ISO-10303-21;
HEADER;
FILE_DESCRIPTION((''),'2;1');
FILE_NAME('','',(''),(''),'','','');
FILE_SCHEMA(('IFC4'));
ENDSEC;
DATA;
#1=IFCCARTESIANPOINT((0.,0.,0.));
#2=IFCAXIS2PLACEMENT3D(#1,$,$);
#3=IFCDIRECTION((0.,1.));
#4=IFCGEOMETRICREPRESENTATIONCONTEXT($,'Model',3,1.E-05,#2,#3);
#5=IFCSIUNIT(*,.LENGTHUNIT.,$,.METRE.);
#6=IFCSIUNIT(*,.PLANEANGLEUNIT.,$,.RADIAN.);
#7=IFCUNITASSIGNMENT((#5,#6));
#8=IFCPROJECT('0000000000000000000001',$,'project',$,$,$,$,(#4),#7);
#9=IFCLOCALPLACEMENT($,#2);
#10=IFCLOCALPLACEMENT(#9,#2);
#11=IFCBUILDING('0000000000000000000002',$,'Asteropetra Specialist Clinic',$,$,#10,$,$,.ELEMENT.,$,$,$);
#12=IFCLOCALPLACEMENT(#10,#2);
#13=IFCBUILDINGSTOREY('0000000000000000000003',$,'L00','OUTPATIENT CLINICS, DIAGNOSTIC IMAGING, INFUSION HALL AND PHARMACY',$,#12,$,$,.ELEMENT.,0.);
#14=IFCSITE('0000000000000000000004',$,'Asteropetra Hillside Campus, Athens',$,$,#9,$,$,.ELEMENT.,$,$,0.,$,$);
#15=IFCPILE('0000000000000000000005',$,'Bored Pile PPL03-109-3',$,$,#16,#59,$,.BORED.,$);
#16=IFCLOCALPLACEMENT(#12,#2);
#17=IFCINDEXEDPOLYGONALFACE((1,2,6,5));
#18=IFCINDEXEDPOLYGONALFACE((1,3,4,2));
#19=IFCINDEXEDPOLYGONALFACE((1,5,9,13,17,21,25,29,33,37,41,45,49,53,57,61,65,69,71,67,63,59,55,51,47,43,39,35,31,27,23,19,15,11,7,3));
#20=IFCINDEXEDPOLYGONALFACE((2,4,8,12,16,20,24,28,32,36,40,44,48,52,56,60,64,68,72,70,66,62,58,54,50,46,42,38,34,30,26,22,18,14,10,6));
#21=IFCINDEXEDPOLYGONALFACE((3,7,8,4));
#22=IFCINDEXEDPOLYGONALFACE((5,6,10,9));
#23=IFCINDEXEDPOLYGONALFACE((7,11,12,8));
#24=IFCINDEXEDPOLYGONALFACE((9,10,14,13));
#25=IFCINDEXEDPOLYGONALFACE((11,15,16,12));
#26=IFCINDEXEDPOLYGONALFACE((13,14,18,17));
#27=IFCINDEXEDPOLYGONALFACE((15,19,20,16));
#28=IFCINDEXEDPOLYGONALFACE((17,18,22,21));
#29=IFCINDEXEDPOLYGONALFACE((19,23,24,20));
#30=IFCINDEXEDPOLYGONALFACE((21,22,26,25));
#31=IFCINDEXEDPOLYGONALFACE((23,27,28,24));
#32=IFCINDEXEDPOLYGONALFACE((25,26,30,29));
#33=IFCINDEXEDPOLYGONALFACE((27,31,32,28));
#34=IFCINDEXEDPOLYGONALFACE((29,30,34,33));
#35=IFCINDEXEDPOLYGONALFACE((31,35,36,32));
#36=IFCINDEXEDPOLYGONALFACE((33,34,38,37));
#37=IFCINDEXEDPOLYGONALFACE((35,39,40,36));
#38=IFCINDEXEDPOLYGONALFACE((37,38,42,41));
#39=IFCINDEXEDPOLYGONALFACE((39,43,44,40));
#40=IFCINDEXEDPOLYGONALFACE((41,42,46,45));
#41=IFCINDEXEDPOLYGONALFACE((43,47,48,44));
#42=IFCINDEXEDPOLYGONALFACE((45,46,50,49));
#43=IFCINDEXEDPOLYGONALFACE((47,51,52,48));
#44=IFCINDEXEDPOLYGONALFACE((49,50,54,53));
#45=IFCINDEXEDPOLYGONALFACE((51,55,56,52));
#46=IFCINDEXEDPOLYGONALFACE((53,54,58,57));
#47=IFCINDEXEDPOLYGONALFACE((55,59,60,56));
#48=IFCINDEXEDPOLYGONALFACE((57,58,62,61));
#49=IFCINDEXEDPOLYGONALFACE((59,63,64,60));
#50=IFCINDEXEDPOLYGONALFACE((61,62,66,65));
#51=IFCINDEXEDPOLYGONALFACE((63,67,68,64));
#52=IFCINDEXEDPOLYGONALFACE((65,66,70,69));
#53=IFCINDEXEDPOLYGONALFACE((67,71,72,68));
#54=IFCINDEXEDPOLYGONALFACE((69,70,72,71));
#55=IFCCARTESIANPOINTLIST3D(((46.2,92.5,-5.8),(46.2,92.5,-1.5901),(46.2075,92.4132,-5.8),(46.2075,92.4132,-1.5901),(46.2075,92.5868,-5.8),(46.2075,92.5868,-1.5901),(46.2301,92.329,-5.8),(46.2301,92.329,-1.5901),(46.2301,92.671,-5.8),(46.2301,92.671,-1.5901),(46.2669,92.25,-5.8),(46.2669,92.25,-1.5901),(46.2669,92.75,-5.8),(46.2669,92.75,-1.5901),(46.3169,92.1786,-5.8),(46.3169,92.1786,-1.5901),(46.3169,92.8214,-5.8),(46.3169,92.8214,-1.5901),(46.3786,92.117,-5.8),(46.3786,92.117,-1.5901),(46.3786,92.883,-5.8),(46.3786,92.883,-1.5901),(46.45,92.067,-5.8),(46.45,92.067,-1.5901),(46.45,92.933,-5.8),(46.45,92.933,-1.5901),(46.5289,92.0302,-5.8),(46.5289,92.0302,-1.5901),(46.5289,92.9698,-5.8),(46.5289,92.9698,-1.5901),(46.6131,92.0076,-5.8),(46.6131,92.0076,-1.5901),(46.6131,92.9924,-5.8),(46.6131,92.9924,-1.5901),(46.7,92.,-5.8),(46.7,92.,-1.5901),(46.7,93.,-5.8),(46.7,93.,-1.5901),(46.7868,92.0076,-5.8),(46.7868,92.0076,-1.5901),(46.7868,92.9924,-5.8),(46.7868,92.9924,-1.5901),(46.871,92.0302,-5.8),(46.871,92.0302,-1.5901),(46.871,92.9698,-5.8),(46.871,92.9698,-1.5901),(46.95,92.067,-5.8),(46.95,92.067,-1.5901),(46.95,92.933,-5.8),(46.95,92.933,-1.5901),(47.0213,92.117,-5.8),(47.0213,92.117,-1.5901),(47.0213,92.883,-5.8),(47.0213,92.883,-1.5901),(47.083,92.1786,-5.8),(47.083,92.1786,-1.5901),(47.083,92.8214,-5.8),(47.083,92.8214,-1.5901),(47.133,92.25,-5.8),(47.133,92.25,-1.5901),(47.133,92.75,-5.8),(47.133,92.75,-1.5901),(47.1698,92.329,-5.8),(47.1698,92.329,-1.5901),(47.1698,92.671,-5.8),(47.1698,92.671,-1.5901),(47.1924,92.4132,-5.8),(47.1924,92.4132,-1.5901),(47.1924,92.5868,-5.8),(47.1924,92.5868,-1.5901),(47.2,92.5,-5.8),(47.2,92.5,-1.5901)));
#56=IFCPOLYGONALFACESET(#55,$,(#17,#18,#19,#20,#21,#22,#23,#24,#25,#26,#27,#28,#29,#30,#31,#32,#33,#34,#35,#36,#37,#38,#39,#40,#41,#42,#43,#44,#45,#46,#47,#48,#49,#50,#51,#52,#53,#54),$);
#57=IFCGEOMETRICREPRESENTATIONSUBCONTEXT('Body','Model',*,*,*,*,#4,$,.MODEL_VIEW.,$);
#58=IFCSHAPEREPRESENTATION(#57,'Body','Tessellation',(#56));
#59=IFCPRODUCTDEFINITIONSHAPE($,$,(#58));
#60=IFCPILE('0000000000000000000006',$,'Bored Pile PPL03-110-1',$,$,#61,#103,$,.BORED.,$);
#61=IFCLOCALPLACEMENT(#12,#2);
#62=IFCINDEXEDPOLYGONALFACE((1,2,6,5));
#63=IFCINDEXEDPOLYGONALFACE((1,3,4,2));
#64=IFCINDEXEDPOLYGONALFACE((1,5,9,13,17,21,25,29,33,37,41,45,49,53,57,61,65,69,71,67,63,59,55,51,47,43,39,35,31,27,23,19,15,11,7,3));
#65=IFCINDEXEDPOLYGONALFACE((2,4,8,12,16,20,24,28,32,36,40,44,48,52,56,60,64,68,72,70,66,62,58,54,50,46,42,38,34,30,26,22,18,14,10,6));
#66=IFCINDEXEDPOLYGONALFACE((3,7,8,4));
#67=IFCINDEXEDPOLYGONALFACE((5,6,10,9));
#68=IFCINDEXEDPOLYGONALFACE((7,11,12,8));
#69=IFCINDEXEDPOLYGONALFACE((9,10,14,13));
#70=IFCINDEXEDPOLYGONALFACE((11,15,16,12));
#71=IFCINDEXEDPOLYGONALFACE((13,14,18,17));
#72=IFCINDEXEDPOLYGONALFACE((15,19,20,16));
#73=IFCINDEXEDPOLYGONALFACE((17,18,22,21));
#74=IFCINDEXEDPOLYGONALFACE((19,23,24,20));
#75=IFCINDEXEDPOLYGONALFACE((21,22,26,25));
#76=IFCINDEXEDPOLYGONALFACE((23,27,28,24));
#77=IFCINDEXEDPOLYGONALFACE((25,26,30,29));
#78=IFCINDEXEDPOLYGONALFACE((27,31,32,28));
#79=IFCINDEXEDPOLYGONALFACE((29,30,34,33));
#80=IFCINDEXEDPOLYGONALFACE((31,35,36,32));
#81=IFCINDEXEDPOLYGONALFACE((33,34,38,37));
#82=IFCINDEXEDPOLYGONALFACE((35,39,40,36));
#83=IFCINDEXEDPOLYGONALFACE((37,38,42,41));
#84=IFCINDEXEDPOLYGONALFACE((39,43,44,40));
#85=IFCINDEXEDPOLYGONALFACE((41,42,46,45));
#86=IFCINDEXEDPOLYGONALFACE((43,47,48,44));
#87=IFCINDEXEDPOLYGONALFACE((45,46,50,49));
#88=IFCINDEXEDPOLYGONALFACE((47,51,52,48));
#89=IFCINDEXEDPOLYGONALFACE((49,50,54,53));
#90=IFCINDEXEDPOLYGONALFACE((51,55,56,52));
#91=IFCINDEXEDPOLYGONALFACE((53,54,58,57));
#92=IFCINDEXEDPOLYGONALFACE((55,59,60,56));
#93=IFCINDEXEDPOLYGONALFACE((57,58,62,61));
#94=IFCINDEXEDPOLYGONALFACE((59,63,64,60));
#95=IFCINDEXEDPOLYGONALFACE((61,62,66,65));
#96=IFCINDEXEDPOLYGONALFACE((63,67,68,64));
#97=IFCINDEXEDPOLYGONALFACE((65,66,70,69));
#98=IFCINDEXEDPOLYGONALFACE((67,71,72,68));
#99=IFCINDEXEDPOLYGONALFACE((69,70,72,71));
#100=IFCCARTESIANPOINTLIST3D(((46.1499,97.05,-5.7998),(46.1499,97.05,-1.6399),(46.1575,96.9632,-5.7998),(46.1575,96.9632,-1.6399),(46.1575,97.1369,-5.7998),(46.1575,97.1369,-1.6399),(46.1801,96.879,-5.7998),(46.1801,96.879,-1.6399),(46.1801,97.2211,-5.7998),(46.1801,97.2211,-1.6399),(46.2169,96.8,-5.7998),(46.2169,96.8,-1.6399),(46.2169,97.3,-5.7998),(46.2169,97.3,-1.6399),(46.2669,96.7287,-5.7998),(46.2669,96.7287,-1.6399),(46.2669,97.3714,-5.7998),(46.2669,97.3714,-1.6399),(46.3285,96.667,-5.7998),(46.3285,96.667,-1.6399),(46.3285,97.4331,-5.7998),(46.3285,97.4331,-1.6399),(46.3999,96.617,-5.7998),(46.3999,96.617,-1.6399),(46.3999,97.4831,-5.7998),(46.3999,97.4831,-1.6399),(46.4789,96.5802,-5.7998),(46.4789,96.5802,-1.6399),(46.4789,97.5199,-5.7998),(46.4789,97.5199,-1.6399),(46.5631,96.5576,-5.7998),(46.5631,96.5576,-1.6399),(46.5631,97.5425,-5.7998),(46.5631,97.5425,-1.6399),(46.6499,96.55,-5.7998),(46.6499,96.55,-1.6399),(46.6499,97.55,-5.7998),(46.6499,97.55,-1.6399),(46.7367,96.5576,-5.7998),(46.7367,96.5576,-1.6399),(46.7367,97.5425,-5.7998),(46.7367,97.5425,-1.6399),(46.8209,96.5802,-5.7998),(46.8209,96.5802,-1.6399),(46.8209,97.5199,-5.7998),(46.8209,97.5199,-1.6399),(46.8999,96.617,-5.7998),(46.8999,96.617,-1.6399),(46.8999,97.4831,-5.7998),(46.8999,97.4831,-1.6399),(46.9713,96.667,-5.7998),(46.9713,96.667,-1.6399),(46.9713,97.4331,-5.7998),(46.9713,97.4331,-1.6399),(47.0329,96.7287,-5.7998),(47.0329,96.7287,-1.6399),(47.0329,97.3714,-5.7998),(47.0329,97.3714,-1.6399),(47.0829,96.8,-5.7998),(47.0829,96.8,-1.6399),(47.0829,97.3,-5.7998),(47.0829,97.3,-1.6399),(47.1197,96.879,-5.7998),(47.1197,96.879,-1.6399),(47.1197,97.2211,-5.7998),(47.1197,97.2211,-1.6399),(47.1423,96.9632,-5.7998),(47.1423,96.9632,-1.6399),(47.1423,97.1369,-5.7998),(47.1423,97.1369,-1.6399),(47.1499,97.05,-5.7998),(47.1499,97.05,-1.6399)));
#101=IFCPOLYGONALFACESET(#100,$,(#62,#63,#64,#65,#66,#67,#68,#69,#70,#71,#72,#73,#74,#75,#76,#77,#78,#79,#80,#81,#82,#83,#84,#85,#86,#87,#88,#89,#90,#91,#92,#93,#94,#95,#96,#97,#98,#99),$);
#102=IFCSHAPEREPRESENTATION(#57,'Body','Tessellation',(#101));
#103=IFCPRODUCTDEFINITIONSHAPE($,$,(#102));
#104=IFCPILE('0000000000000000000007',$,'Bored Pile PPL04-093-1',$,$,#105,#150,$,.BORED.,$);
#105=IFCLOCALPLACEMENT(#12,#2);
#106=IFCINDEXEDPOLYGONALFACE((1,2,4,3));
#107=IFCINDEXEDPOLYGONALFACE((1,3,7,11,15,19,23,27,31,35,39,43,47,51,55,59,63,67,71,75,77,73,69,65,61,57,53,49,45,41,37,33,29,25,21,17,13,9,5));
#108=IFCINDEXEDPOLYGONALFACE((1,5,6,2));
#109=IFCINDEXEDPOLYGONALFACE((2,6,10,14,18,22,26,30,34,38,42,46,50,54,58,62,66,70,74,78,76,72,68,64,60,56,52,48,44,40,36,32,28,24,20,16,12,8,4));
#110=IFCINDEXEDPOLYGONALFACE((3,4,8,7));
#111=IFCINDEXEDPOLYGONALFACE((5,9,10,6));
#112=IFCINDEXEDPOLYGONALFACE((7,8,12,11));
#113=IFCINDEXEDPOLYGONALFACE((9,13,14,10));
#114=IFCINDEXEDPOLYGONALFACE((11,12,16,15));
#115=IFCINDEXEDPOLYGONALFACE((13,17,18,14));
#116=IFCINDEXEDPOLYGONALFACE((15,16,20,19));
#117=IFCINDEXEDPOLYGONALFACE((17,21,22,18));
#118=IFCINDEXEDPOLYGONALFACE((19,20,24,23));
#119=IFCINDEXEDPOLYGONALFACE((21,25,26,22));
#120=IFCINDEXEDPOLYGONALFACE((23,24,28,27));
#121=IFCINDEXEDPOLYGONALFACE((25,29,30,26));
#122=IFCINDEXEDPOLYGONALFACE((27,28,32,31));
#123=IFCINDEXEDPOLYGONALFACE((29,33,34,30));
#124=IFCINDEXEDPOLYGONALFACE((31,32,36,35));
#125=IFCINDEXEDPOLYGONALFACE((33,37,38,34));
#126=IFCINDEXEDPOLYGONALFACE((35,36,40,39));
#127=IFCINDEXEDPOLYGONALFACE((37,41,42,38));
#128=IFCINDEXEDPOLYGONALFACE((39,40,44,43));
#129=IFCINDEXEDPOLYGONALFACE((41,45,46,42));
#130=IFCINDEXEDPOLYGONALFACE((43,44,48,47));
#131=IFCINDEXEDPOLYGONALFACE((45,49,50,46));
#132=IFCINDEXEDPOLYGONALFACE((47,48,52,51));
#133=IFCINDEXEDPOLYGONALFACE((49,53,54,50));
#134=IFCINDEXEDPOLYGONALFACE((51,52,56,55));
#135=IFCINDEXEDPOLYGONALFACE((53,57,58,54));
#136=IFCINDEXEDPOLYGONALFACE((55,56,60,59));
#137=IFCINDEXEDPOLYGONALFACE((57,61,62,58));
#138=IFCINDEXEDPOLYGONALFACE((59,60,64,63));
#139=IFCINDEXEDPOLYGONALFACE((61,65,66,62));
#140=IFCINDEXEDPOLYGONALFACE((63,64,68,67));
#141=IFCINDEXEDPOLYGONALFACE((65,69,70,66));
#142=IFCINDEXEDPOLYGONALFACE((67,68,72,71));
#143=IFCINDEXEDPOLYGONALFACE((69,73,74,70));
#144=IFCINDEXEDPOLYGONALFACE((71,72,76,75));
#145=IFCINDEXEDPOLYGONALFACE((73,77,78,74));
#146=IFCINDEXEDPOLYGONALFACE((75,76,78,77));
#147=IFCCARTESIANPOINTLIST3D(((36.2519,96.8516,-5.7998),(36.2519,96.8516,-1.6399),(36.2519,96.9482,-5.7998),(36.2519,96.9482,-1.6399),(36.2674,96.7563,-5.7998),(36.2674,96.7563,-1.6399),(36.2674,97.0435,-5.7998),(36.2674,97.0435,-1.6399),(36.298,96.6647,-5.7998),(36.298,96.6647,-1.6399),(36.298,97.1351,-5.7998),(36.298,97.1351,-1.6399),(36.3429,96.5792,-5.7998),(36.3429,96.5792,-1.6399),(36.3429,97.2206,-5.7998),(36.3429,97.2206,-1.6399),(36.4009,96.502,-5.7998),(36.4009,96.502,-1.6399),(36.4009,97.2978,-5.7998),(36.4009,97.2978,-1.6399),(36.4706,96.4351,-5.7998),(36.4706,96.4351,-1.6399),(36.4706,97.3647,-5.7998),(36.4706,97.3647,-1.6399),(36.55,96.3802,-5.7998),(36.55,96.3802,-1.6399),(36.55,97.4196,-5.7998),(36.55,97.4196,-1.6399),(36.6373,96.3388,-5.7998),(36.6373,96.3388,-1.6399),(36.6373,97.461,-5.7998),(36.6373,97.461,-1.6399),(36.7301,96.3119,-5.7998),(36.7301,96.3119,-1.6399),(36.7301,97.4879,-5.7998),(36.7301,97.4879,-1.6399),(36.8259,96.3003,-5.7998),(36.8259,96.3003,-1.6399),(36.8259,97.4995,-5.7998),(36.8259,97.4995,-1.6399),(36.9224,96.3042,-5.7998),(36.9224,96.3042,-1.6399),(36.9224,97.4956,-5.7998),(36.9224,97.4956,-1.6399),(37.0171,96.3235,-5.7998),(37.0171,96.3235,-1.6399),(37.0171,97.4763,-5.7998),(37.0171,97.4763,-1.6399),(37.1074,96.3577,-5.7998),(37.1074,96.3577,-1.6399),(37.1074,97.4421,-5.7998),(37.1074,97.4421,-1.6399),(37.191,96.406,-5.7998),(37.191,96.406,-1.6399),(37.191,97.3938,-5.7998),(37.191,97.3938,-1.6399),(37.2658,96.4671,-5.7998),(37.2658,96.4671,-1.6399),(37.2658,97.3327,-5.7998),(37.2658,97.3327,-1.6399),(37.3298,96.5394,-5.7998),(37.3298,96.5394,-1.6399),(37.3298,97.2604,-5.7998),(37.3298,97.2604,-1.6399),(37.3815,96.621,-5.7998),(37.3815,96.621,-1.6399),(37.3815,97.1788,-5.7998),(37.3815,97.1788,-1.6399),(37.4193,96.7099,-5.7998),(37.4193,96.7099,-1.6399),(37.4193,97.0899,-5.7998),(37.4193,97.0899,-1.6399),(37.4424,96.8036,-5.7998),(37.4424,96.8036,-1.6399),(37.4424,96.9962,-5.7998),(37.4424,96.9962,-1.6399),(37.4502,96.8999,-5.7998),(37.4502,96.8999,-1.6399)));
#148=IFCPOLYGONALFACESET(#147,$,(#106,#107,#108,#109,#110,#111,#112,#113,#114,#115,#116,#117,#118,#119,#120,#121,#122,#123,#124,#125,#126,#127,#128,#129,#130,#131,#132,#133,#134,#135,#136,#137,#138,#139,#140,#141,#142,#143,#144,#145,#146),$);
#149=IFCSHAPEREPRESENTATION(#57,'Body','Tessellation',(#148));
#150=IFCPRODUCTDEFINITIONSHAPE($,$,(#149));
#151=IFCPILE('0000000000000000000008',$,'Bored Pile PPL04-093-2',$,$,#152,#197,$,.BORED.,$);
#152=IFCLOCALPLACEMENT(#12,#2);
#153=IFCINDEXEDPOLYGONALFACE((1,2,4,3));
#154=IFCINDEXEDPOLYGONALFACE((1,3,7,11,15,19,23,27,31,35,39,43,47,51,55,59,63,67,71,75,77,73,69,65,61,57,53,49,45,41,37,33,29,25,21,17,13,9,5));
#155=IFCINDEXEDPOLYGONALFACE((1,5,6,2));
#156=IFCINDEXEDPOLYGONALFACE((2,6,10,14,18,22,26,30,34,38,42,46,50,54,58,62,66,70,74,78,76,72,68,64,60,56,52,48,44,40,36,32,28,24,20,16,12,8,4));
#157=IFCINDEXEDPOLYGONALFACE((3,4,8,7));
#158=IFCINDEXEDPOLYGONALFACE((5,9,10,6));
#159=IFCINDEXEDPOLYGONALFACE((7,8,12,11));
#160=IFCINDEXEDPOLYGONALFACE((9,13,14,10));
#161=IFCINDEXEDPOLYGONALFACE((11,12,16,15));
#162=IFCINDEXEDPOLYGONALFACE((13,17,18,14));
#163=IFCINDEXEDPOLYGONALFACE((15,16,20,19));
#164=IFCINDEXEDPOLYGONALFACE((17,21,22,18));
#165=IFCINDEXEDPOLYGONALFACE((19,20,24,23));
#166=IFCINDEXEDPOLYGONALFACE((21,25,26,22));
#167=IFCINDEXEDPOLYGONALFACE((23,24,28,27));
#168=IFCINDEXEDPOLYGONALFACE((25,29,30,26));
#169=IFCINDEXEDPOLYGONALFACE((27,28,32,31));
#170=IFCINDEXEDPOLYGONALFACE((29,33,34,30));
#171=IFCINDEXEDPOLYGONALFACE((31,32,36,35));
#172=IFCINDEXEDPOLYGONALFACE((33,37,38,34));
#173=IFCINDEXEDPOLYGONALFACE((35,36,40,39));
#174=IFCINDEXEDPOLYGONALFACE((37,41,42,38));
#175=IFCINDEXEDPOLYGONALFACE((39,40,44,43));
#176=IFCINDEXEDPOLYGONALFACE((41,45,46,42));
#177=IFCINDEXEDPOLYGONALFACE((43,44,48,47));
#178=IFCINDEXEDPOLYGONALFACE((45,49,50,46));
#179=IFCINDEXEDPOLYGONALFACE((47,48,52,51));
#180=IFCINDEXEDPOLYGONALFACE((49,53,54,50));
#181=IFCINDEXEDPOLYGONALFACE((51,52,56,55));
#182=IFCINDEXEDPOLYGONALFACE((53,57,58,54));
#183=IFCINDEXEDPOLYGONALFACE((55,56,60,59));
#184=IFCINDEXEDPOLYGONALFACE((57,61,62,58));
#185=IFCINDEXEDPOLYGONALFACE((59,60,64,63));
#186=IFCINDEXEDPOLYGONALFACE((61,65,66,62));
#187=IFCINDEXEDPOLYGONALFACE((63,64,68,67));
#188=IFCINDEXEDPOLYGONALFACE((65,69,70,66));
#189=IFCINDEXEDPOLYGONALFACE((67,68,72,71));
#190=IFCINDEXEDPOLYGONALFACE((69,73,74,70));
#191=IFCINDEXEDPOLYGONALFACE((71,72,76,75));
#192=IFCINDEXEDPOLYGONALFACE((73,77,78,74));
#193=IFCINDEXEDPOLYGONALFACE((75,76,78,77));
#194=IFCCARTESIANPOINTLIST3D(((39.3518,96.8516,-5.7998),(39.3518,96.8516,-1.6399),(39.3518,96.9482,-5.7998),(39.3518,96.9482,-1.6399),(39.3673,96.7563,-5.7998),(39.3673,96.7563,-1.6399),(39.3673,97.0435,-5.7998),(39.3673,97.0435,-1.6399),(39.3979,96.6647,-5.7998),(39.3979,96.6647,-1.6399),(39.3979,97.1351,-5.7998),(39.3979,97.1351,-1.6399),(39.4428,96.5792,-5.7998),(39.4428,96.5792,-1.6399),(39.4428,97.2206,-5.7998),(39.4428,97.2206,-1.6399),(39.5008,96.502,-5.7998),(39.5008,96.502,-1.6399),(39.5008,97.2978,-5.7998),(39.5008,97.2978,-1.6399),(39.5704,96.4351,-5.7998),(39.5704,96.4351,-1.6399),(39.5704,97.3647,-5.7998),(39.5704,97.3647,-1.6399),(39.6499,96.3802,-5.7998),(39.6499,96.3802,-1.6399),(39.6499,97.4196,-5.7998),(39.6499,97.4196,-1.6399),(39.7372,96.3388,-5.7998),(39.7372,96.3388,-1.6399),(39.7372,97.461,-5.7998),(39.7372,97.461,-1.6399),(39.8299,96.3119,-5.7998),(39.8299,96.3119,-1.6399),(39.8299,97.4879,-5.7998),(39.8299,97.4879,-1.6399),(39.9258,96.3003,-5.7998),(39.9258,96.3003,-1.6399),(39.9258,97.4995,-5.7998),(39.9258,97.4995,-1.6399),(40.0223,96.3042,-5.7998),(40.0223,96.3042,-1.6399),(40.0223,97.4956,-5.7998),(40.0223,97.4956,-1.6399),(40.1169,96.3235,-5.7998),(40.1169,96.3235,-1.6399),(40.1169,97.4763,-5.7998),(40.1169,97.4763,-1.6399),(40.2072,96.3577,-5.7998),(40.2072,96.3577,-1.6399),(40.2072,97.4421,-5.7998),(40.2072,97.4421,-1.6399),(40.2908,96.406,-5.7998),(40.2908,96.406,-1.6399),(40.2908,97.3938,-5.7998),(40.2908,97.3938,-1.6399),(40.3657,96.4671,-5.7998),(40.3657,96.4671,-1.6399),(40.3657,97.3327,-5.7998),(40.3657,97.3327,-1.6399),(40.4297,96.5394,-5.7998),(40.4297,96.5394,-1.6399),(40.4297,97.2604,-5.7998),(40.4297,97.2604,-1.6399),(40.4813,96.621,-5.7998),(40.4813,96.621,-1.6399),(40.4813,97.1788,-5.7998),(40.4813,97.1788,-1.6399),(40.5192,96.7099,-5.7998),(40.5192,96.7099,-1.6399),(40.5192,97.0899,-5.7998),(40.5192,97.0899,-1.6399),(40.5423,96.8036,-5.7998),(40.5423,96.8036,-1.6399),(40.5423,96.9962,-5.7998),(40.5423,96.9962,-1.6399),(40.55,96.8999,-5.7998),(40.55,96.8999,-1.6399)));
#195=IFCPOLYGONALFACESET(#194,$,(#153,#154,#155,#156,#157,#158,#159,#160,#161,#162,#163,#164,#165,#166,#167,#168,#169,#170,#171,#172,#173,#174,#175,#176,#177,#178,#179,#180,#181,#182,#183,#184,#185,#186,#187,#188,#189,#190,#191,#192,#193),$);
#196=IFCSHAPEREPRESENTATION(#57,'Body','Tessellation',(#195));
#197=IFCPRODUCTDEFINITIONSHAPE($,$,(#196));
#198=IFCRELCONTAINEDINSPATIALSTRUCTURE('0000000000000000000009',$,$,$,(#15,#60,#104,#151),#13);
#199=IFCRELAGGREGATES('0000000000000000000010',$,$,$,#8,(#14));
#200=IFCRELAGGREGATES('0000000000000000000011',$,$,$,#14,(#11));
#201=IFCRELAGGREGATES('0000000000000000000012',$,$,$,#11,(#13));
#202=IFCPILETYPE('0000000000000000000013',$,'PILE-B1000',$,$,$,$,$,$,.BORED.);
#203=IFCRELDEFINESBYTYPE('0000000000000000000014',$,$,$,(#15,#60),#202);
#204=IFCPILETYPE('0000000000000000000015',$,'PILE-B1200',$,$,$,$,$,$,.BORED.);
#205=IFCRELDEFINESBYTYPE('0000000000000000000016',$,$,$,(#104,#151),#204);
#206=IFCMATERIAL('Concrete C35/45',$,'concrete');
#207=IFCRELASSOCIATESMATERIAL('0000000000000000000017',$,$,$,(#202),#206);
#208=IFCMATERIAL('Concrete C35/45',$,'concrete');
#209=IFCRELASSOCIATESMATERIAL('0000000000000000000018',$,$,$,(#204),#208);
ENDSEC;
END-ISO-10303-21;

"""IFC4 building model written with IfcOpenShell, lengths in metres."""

from ifc_helpers import new_model, si_unit, direction, frame, origin, origin_2d, place, context, subcontext, project, spatial, circle, extrude, material, material_profile, profile_set, type_object, element, save


model = new_model("IFC4")

# Units and contexts
model_context = context("Model", 3, precision=1e-05, world=origin(), true_north=direction((0.0, 1.0)))
body_context = subcontext(model_context, "Body", "Model", "MODEL_VIEW")
ifc_project = project(units=[si_unit("LENGTHUNIT", "METRE"), si_unit("PLANEANGLEUNIT", "RADIAN")], contexts=[model_context])

# Site, building, storey
site_placement = place(None, origin())
site = spatial("IfcSite", under=ifc_project, at=site_placement, Name="Asteropetra Hillside Campus, Athens", CompositionType="ELEMENT", RefElevation=0.0)
building_placement = place(site_placement, origin())
building = spatial("IfcBuilding", under=site, at=building_placement, Name="Asteropetra Specialist Clinic", CompositionType="ELEMENT")
storey_placement = place(building_placement, origin())
storey = spatial("IfcBuildingStorey", under=building, at=storey_placement, Name="L00", Description="OUTPATIENT CLINICS, DIAGNOSTIC IMAGING, INFUSION HALL AND PHARMACY", CompositionType="ELEMENT", Elevation=0.0)

# Piles
ifc_material_1 = material(Name="Concrete C35/45", Category="concrete")
ifc_material_profile_1 = material_profile(ifc_material_1, circle(Radius=0.5, at=origin_2d()), Name="PILE D1000")
ifc_profile_set_1 = profile_set([ifc_material_profile_1], Name="Concrete C35/45")
pile_type_1 = type_object("IfcPileType", Name="PILE-B1000", PredefinedType="BORED", material=ifc_profile_set_1)
for number, where, z_axis, x_axis, name in (
    (1, (46.7, 92.5, -1.5901), (0.0, 0.0, -1.0), (1.0, 0.0, 0.0), "Bored Pile PPL03-109-3"),
):
    element("IfcPile", number, at=place(storey_placement, frame(where, z_axis=z_axis, x_axis=x_axis)), inside=storey, type_object=pile_type_1, Name=name, PredefinedType="BORED", context=body_context, shape_type="SweptSolid", body=[
        extrude(circle(Radius=0.5, at=origin_2d()), origin(), (0.0, 0.0, 1.0), 4.21),
    ])
pile_placement = place(storey_placement, frame((46.6499, 97.05, -1.6399), z_axis=(0.0, 0.0, -1.0), x_axis=(1.0, 0.0, 0.0)))
element("IfcPile", 2, at=pile_placement, inside=storey, type_object=pile_type_1, Name="Bored Pile PPL03-110-1", PredefinedType="BORED", context=body_context, shape_type="SweptSolid", body=[
    extrude(circle(Radius=0.5, at=origin_2d()), origin(), (0.0, 0.0, 1.0), 4.1599),
])
ifc_material_2 = material(Name="Concrete C35/45", Category="concrete")
ifc_material_profile_2 = material_profile(ifc_material_2, circle(Radius=0.6001, at=origin_2d()), Name="PILE D1200")
ifc_profile_set_2 = profile_set([ifc_material_profile_2], Name="Concrete C35/45")
pile_type_2 = type_object("IfcPileType", Name="PILE-B1200", PredefinedType="BORED", material=ifc_profile_set_2)
for number, where, z_axis, x_axis, name in (
    (3, (36.8501, 96.8999, -1.6399), (0.0, 0.0, -1.0), (1.0, 0.0, 0.0), "Bored Pile PPL04-093-1"),
    (4, (39.95, 96.8999, -1.6399), (0.0, 0.0, -1.0), (1.0, 0.0, 0.0), "Bored Pile PPL04-093-2"),
):
    element("IfcPile", number, at=place(storey_placement, frame(where, z_axis=z_axis, x_axis=x_axis)), inside=storey, type_object=pile_type_2, Name=name, PredefinedType="BORED", context=body_context, shape_type="SweptSolid", body=[
        extrude(circle(Radius=0.6001, at=origin_2d()), origin(), (0.0, 0.0, 1.0), 4.1599),
    ])

save(model, "model.ifc")
